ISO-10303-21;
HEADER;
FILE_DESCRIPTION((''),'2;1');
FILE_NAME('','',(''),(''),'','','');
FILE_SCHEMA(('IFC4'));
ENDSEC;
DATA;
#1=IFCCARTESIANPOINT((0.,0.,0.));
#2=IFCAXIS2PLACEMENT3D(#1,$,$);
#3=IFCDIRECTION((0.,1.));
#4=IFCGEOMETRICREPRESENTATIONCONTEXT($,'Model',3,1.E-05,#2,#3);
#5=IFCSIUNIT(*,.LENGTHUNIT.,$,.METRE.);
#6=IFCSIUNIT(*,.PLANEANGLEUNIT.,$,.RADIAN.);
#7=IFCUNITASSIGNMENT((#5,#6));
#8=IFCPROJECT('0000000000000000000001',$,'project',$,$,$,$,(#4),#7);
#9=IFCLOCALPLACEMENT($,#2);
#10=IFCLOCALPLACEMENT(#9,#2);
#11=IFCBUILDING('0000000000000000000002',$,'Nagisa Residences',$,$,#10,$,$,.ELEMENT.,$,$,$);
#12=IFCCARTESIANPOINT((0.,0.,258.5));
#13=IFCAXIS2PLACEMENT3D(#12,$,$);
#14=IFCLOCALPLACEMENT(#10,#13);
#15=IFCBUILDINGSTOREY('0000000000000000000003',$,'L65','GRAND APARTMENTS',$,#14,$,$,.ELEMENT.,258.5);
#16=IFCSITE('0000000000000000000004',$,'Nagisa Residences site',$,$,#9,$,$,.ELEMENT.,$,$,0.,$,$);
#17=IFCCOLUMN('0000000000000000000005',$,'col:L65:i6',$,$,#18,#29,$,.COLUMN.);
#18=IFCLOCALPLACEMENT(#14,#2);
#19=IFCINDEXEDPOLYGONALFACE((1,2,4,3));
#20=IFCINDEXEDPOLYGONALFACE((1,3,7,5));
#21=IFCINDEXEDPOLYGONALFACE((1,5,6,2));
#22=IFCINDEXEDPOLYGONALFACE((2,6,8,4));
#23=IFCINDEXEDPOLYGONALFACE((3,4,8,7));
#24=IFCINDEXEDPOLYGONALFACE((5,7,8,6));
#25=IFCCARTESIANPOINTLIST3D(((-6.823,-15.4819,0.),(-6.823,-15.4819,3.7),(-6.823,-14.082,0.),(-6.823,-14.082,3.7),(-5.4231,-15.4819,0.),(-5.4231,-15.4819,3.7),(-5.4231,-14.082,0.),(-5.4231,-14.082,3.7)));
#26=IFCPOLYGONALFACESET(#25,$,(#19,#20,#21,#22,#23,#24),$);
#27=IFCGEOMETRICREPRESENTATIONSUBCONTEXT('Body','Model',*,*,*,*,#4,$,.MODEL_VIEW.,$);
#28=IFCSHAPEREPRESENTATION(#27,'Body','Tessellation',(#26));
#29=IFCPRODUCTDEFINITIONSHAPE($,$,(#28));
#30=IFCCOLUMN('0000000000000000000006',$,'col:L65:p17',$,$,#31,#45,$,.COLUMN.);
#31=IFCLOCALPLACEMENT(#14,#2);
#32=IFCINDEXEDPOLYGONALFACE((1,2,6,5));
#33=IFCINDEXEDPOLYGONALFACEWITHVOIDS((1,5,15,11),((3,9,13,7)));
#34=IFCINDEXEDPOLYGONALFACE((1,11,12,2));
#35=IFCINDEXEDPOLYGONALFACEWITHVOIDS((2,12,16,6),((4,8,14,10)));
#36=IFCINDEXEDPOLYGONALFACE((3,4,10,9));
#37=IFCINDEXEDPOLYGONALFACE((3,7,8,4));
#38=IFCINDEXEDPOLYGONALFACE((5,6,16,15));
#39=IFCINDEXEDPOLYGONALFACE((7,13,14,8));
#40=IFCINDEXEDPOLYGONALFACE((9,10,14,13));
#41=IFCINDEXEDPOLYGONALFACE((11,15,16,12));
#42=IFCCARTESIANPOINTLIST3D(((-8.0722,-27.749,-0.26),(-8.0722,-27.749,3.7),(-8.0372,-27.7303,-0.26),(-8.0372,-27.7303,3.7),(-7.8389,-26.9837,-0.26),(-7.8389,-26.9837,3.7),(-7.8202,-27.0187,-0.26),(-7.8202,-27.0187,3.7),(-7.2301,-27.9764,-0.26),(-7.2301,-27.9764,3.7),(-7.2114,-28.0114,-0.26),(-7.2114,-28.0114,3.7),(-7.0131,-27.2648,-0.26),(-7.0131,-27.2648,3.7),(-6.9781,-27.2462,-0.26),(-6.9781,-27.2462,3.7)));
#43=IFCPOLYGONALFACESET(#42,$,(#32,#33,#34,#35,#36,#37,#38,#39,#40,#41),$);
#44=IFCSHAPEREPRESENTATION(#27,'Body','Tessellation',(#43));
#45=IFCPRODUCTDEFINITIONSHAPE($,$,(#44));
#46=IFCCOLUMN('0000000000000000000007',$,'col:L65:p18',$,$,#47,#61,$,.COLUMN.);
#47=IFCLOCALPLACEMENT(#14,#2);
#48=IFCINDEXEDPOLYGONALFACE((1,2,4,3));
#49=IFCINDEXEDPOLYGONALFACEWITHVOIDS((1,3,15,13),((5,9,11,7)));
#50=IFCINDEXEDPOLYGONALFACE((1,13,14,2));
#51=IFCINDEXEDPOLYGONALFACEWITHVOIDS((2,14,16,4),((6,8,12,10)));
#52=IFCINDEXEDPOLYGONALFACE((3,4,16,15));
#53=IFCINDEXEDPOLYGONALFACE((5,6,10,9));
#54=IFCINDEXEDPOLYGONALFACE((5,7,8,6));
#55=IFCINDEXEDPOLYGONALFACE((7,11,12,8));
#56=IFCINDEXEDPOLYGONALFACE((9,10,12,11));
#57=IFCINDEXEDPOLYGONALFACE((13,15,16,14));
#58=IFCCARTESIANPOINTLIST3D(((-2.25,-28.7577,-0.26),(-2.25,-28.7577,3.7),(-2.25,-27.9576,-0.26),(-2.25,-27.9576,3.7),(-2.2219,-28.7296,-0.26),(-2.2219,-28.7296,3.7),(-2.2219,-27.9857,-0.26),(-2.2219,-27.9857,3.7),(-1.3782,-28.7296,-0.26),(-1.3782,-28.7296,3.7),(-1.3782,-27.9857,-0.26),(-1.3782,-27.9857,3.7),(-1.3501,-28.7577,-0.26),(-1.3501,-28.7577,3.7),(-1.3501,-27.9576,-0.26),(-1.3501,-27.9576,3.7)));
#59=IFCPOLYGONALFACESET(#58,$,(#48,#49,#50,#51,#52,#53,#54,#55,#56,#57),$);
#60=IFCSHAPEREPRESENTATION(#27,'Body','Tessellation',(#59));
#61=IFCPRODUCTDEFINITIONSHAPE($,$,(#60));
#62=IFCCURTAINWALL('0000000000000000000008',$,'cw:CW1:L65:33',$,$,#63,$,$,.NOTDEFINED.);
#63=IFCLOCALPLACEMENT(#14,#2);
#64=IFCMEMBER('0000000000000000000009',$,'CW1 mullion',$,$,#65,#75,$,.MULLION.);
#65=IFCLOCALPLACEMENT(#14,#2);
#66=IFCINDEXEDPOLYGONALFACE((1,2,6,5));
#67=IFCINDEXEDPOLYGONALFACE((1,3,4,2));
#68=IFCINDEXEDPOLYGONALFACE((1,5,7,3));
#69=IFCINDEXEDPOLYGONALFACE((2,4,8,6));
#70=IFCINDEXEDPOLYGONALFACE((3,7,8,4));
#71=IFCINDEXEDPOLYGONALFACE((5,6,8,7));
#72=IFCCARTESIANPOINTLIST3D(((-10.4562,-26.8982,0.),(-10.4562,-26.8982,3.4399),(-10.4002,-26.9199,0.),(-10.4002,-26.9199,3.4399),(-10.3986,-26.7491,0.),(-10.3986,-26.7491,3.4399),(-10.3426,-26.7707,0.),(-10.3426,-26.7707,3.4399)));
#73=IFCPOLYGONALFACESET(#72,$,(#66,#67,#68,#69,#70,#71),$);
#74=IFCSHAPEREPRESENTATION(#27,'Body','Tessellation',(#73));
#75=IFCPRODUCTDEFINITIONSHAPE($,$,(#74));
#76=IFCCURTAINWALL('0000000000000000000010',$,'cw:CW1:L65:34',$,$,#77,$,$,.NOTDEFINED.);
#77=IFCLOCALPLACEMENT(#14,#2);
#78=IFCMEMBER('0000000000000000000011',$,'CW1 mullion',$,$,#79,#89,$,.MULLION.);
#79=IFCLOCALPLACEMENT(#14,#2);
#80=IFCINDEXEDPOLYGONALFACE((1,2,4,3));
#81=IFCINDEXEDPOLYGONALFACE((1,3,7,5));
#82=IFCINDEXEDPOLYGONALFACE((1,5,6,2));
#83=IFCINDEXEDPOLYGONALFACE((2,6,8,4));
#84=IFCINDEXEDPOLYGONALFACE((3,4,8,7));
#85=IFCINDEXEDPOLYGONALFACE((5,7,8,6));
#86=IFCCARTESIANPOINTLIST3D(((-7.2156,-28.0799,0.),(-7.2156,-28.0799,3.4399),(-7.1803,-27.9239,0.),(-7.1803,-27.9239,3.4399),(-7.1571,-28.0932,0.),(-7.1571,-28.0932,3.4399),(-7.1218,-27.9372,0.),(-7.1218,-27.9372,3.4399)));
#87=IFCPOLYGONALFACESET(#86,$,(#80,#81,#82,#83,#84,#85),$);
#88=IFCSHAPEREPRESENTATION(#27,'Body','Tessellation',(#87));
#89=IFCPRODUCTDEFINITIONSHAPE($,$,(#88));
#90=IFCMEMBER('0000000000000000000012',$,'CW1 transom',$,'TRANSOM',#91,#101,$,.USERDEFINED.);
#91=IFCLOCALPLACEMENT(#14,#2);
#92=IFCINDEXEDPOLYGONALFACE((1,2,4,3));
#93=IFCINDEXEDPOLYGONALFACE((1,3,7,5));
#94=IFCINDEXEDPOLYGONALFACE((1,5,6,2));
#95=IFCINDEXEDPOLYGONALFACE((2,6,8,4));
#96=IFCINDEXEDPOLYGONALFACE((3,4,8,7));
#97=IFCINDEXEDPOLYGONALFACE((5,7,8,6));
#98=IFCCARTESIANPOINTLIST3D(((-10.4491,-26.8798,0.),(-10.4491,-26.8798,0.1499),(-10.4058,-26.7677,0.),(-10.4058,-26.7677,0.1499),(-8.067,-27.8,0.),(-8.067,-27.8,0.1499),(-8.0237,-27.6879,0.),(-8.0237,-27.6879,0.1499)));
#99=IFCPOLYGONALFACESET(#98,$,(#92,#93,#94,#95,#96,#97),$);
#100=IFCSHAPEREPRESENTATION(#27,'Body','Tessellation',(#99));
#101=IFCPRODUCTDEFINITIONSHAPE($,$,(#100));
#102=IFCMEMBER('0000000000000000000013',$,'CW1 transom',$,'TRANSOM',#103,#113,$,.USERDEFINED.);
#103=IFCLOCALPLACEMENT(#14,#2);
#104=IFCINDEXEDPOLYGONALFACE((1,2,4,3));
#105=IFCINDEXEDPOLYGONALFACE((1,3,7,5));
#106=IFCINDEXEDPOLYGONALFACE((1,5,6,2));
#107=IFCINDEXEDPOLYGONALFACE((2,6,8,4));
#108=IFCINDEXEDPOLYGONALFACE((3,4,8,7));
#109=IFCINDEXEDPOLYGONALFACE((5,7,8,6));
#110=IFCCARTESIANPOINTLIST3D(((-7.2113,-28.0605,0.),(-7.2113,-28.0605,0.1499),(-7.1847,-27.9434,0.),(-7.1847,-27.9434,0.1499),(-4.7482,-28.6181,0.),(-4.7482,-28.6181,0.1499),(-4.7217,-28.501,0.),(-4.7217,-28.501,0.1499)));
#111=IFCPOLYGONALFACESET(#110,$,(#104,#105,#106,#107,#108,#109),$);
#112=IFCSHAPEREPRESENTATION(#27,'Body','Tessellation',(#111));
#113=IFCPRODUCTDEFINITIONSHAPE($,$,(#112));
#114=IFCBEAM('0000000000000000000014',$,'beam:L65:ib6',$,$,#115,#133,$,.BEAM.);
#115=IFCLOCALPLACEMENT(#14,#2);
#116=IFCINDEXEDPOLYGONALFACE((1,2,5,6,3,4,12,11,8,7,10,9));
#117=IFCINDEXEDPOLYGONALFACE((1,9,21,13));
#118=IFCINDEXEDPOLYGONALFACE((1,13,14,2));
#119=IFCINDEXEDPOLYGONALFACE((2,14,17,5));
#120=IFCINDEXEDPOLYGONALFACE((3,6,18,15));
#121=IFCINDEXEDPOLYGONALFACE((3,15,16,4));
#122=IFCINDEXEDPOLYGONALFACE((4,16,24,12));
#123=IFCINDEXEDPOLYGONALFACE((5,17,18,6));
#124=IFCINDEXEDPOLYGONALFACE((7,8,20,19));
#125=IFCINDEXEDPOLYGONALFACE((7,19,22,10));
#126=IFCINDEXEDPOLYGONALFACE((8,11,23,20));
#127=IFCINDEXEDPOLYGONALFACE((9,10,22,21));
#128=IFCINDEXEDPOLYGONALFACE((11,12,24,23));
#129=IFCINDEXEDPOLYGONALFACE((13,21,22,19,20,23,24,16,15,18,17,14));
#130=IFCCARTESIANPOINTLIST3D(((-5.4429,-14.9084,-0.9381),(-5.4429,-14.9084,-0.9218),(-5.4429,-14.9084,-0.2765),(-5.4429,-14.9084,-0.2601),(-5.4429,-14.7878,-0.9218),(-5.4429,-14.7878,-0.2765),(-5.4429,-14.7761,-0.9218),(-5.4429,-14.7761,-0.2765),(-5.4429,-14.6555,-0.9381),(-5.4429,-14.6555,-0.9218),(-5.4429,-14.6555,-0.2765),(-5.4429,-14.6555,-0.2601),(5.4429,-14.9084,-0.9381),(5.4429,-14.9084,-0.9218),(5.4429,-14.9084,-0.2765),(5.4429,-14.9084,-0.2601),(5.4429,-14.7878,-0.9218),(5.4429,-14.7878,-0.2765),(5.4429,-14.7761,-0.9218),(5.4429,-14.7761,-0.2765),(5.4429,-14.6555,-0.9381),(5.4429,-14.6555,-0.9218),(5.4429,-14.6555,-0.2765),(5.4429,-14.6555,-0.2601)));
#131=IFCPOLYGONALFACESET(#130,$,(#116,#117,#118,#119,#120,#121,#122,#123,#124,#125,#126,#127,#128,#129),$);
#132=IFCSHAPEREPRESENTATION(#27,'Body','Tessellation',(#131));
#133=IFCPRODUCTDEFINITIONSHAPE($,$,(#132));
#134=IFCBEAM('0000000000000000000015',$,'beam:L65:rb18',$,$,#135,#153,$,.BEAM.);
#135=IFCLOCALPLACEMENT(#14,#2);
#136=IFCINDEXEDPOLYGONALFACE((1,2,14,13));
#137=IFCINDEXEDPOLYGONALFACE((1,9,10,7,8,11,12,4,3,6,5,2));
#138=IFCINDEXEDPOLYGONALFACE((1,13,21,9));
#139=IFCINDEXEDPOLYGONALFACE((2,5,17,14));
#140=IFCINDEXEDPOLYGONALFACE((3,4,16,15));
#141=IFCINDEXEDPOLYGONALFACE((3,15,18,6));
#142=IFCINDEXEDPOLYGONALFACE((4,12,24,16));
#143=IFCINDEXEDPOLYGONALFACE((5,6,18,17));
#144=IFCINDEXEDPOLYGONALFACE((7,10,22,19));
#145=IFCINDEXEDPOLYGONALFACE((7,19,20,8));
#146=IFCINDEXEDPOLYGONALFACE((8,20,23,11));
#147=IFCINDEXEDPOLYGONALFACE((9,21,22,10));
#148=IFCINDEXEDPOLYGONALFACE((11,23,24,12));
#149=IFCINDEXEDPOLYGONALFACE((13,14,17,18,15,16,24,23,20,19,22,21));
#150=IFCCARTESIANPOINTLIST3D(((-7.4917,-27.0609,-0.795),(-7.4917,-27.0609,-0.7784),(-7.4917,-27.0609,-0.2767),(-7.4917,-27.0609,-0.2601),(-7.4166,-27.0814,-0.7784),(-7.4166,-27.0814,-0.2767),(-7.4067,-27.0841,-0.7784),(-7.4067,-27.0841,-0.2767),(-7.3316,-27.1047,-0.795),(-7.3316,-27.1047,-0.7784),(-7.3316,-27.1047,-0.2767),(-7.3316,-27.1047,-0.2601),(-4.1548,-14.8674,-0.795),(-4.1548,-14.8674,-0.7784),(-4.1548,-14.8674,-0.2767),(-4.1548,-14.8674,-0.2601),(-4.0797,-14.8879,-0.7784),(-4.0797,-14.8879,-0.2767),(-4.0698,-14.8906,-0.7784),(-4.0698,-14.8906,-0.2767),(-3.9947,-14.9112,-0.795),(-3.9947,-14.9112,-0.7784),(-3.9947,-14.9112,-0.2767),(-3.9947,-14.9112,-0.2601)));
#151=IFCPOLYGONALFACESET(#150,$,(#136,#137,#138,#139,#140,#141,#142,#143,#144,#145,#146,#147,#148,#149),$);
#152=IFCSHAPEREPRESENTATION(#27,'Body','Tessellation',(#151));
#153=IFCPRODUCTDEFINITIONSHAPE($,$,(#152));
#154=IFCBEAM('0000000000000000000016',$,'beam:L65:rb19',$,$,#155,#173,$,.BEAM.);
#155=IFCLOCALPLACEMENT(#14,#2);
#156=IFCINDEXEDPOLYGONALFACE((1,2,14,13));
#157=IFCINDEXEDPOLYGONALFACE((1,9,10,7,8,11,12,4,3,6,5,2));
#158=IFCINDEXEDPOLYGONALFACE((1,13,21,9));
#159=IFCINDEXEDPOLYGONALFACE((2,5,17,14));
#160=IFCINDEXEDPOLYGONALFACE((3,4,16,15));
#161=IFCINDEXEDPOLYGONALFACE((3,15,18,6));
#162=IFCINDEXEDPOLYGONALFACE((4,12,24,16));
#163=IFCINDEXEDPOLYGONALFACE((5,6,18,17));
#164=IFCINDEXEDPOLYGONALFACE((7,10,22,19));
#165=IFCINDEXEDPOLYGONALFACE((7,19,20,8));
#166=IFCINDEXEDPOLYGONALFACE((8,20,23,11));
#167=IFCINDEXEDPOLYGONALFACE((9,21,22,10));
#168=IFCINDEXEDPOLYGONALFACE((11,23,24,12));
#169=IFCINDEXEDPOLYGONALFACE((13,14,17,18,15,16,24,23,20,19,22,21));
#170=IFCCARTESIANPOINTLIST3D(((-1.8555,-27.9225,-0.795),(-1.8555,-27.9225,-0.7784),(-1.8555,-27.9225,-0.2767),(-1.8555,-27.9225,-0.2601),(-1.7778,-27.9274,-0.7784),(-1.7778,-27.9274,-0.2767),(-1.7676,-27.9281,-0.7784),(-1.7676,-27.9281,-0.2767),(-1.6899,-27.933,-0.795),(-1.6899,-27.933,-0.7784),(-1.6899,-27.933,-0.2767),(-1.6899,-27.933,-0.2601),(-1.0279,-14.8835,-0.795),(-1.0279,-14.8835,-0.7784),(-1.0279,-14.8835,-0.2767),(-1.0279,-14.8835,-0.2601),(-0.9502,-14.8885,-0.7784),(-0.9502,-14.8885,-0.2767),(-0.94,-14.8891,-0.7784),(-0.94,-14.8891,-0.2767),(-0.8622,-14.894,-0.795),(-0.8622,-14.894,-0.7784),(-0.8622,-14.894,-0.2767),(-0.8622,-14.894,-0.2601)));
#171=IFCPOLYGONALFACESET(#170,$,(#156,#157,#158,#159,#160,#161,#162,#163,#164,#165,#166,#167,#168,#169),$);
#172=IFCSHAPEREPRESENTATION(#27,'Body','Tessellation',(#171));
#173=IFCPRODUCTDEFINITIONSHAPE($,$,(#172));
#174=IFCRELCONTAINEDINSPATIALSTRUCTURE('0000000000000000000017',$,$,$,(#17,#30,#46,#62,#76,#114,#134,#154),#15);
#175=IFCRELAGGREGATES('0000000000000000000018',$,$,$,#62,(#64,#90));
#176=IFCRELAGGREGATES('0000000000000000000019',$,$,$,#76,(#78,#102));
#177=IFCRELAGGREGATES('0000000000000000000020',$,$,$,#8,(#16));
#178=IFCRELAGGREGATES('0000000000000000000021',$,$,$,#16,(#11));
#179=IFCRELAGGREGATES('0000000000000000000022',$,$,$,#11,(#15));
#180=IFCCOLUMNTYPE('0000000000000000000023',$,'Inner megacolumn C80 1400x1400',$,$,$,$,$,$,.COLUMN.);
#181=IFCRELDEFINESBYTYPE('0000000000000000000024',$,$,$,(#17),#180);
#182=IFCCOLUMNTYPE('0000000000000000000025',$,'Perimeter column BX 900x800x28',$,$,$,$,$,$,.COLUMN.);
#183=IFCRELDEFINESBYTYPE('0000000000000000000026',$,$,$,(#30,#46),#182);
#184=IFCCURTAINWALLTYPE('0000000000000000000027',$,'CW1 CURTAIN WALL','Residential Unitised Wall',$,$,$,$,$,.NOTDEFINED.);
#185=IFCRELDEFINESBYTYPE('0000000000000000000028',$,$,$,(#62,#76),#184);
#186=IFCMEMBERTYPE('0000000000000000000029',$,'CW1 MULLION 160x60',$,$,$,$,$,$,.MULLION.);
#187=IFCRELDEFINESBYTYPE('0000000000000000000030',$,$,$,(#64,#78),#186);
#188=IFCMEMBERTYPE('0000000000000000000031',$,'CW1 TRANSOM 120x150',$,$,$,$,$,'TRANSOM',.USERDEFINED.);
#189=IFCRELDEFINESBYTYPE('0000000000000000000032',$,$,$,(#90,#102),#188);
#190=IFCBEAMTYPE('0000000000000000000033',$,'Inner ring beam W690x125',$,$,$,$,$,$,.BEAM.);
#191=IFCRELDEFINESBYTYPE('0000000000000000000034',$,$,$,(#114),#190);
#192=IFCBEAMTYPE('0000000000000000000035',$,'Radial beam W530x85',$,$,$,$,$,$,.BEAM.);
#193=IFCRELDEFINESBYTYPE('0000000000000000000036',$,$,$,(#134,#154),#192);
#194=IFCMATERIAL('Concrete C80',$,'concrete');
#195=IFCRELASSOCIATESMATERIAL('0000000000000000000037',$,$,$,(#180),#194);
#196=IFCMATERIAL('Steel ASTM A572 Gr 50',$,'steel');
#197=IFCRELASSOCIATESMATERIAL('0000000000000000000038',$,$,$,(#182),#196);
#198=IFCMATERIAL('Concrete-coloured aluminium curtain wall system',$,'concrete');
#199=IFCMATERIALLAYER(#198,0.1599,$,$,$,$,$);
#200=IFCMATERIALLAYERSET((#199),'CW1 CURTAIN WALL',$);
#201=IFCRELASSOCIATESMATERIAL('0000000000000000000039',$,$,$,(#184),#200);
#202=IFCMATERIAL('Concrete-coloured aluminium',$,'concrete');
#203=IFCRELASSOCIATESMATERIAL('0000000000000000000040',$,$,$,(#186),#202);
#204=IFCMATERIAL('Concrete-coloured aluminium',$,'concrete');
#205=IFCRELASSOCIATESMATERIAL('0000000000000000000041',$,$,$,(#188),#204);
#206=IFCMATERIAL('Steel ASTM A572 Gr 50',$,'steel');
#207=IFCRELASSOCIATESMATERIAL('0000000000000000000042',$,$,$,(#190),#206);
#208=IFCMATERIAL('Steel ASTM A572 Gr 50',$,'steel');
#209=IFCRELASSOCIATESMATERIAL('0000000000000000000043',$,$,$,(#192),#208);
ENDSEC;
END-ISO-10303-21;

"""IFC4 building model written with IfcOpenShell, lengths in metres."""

from ifc_helpers import new_model, si_unit, direction, frame, origin, origin_2d, place, context, subcontext, project, spatial, rectangle, hollow_rectangle, i_section, extrude, material, layer, layer_set, material_profile, profile_set, type_object, element, aggregate, save


model = new_model("IFC4")

# Units and contexts
model_context = context("Model", 3, precision=1e-05, world=origin(), true_north=direction((0.0, 1.0)))
body_context = subcontext(model_context, "Body", "Model", "MODEL_VIEW")
ifc_project = project(units=[si_unit("LENGTHUNIT", "METRE"), si_unit("PLANEANGLEUNIT", "RADIAN")], contexts=[model_context])

# Site, building, storey
site_placement = place(None, origin())
site = spatial("IfcSite", under=ifc_project, at=site_placement, Name="Nagisa Residences site", CompositionType="ELEMENT", RefElevation=0.0)
building_placement = place(site_placement, origin())
building = spatial("IfcBuilding", under=site, at=building_placement, Name="Nagisa Residences", CompositionType="ELEMENT")
storey_placement = place(building_placement, frame((0.0, 0.0, 258.5)))
storey = spatial("IfcBuildingStorey", under=building, at=storey_placement, Name="L65", Description="GRAND APARTMENTS", CompositionType="ELEMENT", Elevation=258.5)

# Columns
ifc_material_1 = material(Name="Concrete C80", Category="concrete")
ifc_material_profile_1 = material_profile(ifc_material_1, rectangle(XDim=1.3999, YDim=1.3999, at=origin_2d()), Name="C80 1400x1400")
ifc_profile_set_1 = profile_set([ifc_material_profile_1], Name="Concrete C80")
column_type_1 = type_object("IfcColumnType", Name="Inner megacolumn C80 1400x1400", PredefinedType="COLUMN", material=ifc_profile_set_1)
column_placement = place(storey_placement, frame((-6.123, -14.782, 0.0), z_axis=(0.0, 0.0, 1.0), x_axis=(1.0, 0.0, 0.0)))
element("IfcColumn", 1, at=column_placement, inside=storey, type_object=column_type_1, Name="col:L65:i6", PredefinedType="COLUMN", context=body_context, shape_type="SweptSolid", body=[
    extrude(rectangle(XDim=1.3999, YDim=1.3999, at=origin_2d()), origin(), (0.0, 0.0, 1.0), 3.7),
])
ifc_material_2 = material(Name="Steel ASTM A572 Gr 50", Category="steel")
ifc_material_profile_2 = material_profile(ifc_material_2, hollow_rectangle(XDim=0.8999, YDim=0.8, WallThickness=0.0281, at=origin_2d()), Name="BX 900x800x28")
ifc_profile_set_2 = profile_set([ifc_material_profile_2], Name="Steel ASTM A572 Gr 50")
column_type_2 = type_object("IfcColumnType", Name="Perimeter column BX 900x800x28", PredefinedType="COLUMN", material=ifc_profile_set_2)
for number, where, z_axis, x_axis, name in (
    (2, (-7.5251, -27.4976, -0.26), (0.0, 0.0, 1.0), (0.956525, -0.291652, 0.0), "col:L65:p17"),
    (3, (-1.8, -28.3577, -0.26), (0.0, 0.0, 1.0), (1.0, 0.0, 0.0), "col:L65:p18"),
):
    element("IfcColumn", number, at=place(storey_placement, frame(where, z_axis=z_axis, x_axis=x_axis)), inside=storey, type_object=column_type_2, Name=name, PredefinedType="COLUMN", context=body_context, shape_type="SweptSolid", body=[
        extrude(hollow_rectangle(XDim=0.8999, YDim=0.8, WallThickness=0.0281, at=origin_2d()), origin(), (0.0, 0.0, 1.0), 3.96),
    ])

# Curtain walls, members
ifc_material_3 = material(Name="Concrete-coloured aluminium curtain wall system", Category="concrete")
ifc_layer_1 = layer(ifc_material_3, 0.1599)
ifc_layer_set_1 = layer_set([ifc_layer_1], Name="CW1 CURTAIN WALL")
curtain_wall_type = type_object("IfcCurtainWallType", Name="CW1 CURTAIN WALL", Description="Residential Unitised Wall", PredefinedType="NOTDEFINED", material=ifc_layer_set_1)
curtain_wall_1_placement = place(storey_placement, origin())
curtain_wall_1 = element("IfcCurtainWall", 4, at=curtain_wall_1_placement, inside=storey, type_object=curtain_wall_type, Name="cw:CW1:L65:33", PredefinedType="NOTDEFINED")
ifc_material_4 = material(Name="Concrete-coloured aluminium", Category="concrete")
ifc_material_profile_3 = material_profile(ifc_material_4, rectangle(XDim=0.1599, YDim=0.0601, at=origin_2d()), Name="CW1 MULLION 160x60")
ifc_profile_set_3 = profile_set([ifc_material_profile_3], Name="Concrete-coloured aluminium")
member_type_1 = type_object("IfcMemberType", Name="CW1 MULLION 160x60", PredefinedType="MULLION", material=ifc_profile_set_3)
member_1_placement = place(storey_placement, frame((-10.3994, -26.8345, 0.0), z_axis=(0.0, 0.0, 1.0), x_axis=(0.360328, 0.932826, 0.0)))
member_1 = element("IfcMember", 5, at=member_1_placement, type_object=member_type_1, Name="CW1 mullion", PredefinedType="MULLION", context=body_context, shape_type="SweptSolid", body=[
    extrude(rectangle(XDim=0.1599, YDim=0.0601, at=origin_2d()), origin(), (0.0, 0.0, 1.0), 3.4399),
])
curtain_wall_2_placement = place(storey_placement, origin())
curtain_wall_2 = element("IfcCurtainWall", 6, at=curtain_wall_2_placement, inside=storey, type_object=curtain_wall_type, Name="cw:CW1:L65:34", PredefinedType="NOTDEFINED")
member_2_placement = place(storey_placement, frame((-7.1687, -28.0085, 0.0), z_axis=(0.0, 0.0, 1.0), x_axis=(0.220764, 0.975327, 0.0)))
member_2 = element("IfcMember", 7, at=member_2_placement, type_object=member_type_1, Name="CW1 mullion", PredefinedType="MULLION", context=body_context, shape_type="SweptSolid", body=[
    extrude(rectangle(XDim=0.1599, YDim=0.0601, at=origin_2d()), origin(), (0.0, 0.0, 1.0), 3.4399),
])

# Members
ifc_material_5 = material(Name="Concrete-coloured aluminium", Category="concrete")
ifc_material_profile_4 = material_profile(ifc_material_5, rectangle(XDim=0.1201, YDim=0.1499, at=origin_2d()), Name="CW1 TRANSOM 120x150")
ifc_profile_set_4 = profile_set([ifc_material_profile_4], Name="Concrete-coloured aluminium")
member_type_2 = type_object("IfcMemberType", Name="CW1 TRANSOM 120x150", ElementType="TRANSOM", PredefinedType="USERDEFINED", material=ifc_profile_set_4)
member_3_placement = place(storey_placement, frame((-10.4275, -26.8237, 0.075), z_axis=(0.932822, -0.360337, 0.0), x_axis=(0.360337, 0.932822, 0.0)))
member_3 = element("IfcMember", 8, at=member_3_placement, type_object=member_type_2, Name="CW1 transom", ObjectType="TRANSOM", PredefinedType="USERDEFINED", context=body_context, shape_type="SweptSolid", body=[
    extrude(rectangle(XDim=0.1201, YDim=0.1499, at=origin_2d()), origin(), (0.0, 0.0, 1.0), 2.5537),
])
member_4_placement = place(storey_placement, frame((-7.198, -28.002, 0.075), z_axis=(0.97532, -0.220798, 0.0), x_axis=(0.220798, 0.97532, 0.0)))
member_4 = element("IfcMember", 9, at=member_4_placement, type_object=member_type_2, Name="CW1 transom", ObjectType="TRANSOM", PredefinedType="USERDEFINED", context=body_context, shape_type="SweptSolid", body=[
    extrude(rectangle(XDim=0.1201, YDim=0.1499, at=origin_2d()), origin(), (0.0, 0.0, 1.0), 2.5254),
])

# Beams
ifc_material_6 = material(Name="Steel ASTM A572 Gr 50", Category="steel")
ifc_material_profile_5 = material_profile(ifc_material_6, i_section(OverallWidth=0.2529, OverallDepth=0.678, WebThickness=0.0117, FlangeThickness=0.0164, at=origin_2d()), Name="W690x125")
ifc_profile_set_5 = profile_set([ifc_material_profile_5], Name="Steel ASTM A572 Gr 50")
beam_type_1 = type_object("IfcBeamType", Name="Inner ring beam W690x125", PredefinedType="BEAM", material=ifc_profile_set_5)
beam_1_placement = place(storey_placement, frame((-5.4429, -14.782, -0.5991), z_axis=(1.0, 0.0, 0.0), x_axis=(0.0, 1.0, 0.0)))
element("IfcBeam", 10, at=beam_1_placement, inside=storey, type_object=beam_type_1, Name="beam:L65:ib6", PredefinedType="BEAM", context=body_context, shape_type="SweptSolid", body=[
    extrude(i_section(OverallWidth=0.2529, OverallDepth=0.678, WebThickness=0.0117, FlangeThickness=0.0164, at=origin_2d()), origin(), (0.0, 0.0, 1.0), 10.8857),
])
ifc_material_7 = material(Name="Steel ASTM A572 Gr 50", Category="steel")
ifc_material_profile_6 = material_profile(ifc_material_7, i_section(OverallWidth=0.166, OverallDepth=0.5349, WebThickness=0.0103, FlangeThickness=0.0166, at=origin_2d()), Name="W530x85")
ifc_profile_set_6 = profile_set([ifc_material_profile_6], Name="Steel ASTM A572 Gr 50")
beam_type_2 = type_object("IfcBeamType", Name="Radial beam W530x85", PredefinedType="BEAM", material=ifc_profile_set_6)
beam_2_placement = place(storey_placement, frame((-7.4116, -27.0828, -0.5276), z_axis=(0.263956, 0.964535, 0.0), x_axis=(-0.964535, 0.263956, 0.0)))
element("IfcBeam", 11, at=beam_2_placement, inside=storey, type_object=beam_type_2, Name="beam:L65:rb18", PredefinedType="BEAM", context=body_context, shape_type="SweptSolid", body=[
    extrude(i_section(OverallWidth=0.166, OverallDepth=0.5349, WebThickness=0.0103, FlangeThickness=0.0166, at=origin_2d()), origin(), (0.0, 0.0, 1.0), 12.6418),
])
beam_3_placement = place(storey_placement, frame((-1.7727, -27.9277, -0.5276), z_axis=(0.063346, 0.997992, 0.0), x_axis=(-0.997992, 0.063346, 0.0)))
element("IfcBeam", 12, at=beam_3_placement, inside=storey, type_object=beam_type_2, Name="beam:L65:rb19", PredefinedType="BEAM", context=body_context, shape_type="SweptSolid", body=[
    extrude(i_section(OverallWidth=0.166, OverallDepth=0.5349, WebThickness=0.0103, FlangeThickness=0.0166, at=origin_2d()), origin(), (0.0, 0.0, 1.0), 13.0652),
])

aggregate(curtain_wall_1, [member_1, member_3])
aggregate(curtain_wall_2, [member_2, member_4])

save(model, "model.ifc")
